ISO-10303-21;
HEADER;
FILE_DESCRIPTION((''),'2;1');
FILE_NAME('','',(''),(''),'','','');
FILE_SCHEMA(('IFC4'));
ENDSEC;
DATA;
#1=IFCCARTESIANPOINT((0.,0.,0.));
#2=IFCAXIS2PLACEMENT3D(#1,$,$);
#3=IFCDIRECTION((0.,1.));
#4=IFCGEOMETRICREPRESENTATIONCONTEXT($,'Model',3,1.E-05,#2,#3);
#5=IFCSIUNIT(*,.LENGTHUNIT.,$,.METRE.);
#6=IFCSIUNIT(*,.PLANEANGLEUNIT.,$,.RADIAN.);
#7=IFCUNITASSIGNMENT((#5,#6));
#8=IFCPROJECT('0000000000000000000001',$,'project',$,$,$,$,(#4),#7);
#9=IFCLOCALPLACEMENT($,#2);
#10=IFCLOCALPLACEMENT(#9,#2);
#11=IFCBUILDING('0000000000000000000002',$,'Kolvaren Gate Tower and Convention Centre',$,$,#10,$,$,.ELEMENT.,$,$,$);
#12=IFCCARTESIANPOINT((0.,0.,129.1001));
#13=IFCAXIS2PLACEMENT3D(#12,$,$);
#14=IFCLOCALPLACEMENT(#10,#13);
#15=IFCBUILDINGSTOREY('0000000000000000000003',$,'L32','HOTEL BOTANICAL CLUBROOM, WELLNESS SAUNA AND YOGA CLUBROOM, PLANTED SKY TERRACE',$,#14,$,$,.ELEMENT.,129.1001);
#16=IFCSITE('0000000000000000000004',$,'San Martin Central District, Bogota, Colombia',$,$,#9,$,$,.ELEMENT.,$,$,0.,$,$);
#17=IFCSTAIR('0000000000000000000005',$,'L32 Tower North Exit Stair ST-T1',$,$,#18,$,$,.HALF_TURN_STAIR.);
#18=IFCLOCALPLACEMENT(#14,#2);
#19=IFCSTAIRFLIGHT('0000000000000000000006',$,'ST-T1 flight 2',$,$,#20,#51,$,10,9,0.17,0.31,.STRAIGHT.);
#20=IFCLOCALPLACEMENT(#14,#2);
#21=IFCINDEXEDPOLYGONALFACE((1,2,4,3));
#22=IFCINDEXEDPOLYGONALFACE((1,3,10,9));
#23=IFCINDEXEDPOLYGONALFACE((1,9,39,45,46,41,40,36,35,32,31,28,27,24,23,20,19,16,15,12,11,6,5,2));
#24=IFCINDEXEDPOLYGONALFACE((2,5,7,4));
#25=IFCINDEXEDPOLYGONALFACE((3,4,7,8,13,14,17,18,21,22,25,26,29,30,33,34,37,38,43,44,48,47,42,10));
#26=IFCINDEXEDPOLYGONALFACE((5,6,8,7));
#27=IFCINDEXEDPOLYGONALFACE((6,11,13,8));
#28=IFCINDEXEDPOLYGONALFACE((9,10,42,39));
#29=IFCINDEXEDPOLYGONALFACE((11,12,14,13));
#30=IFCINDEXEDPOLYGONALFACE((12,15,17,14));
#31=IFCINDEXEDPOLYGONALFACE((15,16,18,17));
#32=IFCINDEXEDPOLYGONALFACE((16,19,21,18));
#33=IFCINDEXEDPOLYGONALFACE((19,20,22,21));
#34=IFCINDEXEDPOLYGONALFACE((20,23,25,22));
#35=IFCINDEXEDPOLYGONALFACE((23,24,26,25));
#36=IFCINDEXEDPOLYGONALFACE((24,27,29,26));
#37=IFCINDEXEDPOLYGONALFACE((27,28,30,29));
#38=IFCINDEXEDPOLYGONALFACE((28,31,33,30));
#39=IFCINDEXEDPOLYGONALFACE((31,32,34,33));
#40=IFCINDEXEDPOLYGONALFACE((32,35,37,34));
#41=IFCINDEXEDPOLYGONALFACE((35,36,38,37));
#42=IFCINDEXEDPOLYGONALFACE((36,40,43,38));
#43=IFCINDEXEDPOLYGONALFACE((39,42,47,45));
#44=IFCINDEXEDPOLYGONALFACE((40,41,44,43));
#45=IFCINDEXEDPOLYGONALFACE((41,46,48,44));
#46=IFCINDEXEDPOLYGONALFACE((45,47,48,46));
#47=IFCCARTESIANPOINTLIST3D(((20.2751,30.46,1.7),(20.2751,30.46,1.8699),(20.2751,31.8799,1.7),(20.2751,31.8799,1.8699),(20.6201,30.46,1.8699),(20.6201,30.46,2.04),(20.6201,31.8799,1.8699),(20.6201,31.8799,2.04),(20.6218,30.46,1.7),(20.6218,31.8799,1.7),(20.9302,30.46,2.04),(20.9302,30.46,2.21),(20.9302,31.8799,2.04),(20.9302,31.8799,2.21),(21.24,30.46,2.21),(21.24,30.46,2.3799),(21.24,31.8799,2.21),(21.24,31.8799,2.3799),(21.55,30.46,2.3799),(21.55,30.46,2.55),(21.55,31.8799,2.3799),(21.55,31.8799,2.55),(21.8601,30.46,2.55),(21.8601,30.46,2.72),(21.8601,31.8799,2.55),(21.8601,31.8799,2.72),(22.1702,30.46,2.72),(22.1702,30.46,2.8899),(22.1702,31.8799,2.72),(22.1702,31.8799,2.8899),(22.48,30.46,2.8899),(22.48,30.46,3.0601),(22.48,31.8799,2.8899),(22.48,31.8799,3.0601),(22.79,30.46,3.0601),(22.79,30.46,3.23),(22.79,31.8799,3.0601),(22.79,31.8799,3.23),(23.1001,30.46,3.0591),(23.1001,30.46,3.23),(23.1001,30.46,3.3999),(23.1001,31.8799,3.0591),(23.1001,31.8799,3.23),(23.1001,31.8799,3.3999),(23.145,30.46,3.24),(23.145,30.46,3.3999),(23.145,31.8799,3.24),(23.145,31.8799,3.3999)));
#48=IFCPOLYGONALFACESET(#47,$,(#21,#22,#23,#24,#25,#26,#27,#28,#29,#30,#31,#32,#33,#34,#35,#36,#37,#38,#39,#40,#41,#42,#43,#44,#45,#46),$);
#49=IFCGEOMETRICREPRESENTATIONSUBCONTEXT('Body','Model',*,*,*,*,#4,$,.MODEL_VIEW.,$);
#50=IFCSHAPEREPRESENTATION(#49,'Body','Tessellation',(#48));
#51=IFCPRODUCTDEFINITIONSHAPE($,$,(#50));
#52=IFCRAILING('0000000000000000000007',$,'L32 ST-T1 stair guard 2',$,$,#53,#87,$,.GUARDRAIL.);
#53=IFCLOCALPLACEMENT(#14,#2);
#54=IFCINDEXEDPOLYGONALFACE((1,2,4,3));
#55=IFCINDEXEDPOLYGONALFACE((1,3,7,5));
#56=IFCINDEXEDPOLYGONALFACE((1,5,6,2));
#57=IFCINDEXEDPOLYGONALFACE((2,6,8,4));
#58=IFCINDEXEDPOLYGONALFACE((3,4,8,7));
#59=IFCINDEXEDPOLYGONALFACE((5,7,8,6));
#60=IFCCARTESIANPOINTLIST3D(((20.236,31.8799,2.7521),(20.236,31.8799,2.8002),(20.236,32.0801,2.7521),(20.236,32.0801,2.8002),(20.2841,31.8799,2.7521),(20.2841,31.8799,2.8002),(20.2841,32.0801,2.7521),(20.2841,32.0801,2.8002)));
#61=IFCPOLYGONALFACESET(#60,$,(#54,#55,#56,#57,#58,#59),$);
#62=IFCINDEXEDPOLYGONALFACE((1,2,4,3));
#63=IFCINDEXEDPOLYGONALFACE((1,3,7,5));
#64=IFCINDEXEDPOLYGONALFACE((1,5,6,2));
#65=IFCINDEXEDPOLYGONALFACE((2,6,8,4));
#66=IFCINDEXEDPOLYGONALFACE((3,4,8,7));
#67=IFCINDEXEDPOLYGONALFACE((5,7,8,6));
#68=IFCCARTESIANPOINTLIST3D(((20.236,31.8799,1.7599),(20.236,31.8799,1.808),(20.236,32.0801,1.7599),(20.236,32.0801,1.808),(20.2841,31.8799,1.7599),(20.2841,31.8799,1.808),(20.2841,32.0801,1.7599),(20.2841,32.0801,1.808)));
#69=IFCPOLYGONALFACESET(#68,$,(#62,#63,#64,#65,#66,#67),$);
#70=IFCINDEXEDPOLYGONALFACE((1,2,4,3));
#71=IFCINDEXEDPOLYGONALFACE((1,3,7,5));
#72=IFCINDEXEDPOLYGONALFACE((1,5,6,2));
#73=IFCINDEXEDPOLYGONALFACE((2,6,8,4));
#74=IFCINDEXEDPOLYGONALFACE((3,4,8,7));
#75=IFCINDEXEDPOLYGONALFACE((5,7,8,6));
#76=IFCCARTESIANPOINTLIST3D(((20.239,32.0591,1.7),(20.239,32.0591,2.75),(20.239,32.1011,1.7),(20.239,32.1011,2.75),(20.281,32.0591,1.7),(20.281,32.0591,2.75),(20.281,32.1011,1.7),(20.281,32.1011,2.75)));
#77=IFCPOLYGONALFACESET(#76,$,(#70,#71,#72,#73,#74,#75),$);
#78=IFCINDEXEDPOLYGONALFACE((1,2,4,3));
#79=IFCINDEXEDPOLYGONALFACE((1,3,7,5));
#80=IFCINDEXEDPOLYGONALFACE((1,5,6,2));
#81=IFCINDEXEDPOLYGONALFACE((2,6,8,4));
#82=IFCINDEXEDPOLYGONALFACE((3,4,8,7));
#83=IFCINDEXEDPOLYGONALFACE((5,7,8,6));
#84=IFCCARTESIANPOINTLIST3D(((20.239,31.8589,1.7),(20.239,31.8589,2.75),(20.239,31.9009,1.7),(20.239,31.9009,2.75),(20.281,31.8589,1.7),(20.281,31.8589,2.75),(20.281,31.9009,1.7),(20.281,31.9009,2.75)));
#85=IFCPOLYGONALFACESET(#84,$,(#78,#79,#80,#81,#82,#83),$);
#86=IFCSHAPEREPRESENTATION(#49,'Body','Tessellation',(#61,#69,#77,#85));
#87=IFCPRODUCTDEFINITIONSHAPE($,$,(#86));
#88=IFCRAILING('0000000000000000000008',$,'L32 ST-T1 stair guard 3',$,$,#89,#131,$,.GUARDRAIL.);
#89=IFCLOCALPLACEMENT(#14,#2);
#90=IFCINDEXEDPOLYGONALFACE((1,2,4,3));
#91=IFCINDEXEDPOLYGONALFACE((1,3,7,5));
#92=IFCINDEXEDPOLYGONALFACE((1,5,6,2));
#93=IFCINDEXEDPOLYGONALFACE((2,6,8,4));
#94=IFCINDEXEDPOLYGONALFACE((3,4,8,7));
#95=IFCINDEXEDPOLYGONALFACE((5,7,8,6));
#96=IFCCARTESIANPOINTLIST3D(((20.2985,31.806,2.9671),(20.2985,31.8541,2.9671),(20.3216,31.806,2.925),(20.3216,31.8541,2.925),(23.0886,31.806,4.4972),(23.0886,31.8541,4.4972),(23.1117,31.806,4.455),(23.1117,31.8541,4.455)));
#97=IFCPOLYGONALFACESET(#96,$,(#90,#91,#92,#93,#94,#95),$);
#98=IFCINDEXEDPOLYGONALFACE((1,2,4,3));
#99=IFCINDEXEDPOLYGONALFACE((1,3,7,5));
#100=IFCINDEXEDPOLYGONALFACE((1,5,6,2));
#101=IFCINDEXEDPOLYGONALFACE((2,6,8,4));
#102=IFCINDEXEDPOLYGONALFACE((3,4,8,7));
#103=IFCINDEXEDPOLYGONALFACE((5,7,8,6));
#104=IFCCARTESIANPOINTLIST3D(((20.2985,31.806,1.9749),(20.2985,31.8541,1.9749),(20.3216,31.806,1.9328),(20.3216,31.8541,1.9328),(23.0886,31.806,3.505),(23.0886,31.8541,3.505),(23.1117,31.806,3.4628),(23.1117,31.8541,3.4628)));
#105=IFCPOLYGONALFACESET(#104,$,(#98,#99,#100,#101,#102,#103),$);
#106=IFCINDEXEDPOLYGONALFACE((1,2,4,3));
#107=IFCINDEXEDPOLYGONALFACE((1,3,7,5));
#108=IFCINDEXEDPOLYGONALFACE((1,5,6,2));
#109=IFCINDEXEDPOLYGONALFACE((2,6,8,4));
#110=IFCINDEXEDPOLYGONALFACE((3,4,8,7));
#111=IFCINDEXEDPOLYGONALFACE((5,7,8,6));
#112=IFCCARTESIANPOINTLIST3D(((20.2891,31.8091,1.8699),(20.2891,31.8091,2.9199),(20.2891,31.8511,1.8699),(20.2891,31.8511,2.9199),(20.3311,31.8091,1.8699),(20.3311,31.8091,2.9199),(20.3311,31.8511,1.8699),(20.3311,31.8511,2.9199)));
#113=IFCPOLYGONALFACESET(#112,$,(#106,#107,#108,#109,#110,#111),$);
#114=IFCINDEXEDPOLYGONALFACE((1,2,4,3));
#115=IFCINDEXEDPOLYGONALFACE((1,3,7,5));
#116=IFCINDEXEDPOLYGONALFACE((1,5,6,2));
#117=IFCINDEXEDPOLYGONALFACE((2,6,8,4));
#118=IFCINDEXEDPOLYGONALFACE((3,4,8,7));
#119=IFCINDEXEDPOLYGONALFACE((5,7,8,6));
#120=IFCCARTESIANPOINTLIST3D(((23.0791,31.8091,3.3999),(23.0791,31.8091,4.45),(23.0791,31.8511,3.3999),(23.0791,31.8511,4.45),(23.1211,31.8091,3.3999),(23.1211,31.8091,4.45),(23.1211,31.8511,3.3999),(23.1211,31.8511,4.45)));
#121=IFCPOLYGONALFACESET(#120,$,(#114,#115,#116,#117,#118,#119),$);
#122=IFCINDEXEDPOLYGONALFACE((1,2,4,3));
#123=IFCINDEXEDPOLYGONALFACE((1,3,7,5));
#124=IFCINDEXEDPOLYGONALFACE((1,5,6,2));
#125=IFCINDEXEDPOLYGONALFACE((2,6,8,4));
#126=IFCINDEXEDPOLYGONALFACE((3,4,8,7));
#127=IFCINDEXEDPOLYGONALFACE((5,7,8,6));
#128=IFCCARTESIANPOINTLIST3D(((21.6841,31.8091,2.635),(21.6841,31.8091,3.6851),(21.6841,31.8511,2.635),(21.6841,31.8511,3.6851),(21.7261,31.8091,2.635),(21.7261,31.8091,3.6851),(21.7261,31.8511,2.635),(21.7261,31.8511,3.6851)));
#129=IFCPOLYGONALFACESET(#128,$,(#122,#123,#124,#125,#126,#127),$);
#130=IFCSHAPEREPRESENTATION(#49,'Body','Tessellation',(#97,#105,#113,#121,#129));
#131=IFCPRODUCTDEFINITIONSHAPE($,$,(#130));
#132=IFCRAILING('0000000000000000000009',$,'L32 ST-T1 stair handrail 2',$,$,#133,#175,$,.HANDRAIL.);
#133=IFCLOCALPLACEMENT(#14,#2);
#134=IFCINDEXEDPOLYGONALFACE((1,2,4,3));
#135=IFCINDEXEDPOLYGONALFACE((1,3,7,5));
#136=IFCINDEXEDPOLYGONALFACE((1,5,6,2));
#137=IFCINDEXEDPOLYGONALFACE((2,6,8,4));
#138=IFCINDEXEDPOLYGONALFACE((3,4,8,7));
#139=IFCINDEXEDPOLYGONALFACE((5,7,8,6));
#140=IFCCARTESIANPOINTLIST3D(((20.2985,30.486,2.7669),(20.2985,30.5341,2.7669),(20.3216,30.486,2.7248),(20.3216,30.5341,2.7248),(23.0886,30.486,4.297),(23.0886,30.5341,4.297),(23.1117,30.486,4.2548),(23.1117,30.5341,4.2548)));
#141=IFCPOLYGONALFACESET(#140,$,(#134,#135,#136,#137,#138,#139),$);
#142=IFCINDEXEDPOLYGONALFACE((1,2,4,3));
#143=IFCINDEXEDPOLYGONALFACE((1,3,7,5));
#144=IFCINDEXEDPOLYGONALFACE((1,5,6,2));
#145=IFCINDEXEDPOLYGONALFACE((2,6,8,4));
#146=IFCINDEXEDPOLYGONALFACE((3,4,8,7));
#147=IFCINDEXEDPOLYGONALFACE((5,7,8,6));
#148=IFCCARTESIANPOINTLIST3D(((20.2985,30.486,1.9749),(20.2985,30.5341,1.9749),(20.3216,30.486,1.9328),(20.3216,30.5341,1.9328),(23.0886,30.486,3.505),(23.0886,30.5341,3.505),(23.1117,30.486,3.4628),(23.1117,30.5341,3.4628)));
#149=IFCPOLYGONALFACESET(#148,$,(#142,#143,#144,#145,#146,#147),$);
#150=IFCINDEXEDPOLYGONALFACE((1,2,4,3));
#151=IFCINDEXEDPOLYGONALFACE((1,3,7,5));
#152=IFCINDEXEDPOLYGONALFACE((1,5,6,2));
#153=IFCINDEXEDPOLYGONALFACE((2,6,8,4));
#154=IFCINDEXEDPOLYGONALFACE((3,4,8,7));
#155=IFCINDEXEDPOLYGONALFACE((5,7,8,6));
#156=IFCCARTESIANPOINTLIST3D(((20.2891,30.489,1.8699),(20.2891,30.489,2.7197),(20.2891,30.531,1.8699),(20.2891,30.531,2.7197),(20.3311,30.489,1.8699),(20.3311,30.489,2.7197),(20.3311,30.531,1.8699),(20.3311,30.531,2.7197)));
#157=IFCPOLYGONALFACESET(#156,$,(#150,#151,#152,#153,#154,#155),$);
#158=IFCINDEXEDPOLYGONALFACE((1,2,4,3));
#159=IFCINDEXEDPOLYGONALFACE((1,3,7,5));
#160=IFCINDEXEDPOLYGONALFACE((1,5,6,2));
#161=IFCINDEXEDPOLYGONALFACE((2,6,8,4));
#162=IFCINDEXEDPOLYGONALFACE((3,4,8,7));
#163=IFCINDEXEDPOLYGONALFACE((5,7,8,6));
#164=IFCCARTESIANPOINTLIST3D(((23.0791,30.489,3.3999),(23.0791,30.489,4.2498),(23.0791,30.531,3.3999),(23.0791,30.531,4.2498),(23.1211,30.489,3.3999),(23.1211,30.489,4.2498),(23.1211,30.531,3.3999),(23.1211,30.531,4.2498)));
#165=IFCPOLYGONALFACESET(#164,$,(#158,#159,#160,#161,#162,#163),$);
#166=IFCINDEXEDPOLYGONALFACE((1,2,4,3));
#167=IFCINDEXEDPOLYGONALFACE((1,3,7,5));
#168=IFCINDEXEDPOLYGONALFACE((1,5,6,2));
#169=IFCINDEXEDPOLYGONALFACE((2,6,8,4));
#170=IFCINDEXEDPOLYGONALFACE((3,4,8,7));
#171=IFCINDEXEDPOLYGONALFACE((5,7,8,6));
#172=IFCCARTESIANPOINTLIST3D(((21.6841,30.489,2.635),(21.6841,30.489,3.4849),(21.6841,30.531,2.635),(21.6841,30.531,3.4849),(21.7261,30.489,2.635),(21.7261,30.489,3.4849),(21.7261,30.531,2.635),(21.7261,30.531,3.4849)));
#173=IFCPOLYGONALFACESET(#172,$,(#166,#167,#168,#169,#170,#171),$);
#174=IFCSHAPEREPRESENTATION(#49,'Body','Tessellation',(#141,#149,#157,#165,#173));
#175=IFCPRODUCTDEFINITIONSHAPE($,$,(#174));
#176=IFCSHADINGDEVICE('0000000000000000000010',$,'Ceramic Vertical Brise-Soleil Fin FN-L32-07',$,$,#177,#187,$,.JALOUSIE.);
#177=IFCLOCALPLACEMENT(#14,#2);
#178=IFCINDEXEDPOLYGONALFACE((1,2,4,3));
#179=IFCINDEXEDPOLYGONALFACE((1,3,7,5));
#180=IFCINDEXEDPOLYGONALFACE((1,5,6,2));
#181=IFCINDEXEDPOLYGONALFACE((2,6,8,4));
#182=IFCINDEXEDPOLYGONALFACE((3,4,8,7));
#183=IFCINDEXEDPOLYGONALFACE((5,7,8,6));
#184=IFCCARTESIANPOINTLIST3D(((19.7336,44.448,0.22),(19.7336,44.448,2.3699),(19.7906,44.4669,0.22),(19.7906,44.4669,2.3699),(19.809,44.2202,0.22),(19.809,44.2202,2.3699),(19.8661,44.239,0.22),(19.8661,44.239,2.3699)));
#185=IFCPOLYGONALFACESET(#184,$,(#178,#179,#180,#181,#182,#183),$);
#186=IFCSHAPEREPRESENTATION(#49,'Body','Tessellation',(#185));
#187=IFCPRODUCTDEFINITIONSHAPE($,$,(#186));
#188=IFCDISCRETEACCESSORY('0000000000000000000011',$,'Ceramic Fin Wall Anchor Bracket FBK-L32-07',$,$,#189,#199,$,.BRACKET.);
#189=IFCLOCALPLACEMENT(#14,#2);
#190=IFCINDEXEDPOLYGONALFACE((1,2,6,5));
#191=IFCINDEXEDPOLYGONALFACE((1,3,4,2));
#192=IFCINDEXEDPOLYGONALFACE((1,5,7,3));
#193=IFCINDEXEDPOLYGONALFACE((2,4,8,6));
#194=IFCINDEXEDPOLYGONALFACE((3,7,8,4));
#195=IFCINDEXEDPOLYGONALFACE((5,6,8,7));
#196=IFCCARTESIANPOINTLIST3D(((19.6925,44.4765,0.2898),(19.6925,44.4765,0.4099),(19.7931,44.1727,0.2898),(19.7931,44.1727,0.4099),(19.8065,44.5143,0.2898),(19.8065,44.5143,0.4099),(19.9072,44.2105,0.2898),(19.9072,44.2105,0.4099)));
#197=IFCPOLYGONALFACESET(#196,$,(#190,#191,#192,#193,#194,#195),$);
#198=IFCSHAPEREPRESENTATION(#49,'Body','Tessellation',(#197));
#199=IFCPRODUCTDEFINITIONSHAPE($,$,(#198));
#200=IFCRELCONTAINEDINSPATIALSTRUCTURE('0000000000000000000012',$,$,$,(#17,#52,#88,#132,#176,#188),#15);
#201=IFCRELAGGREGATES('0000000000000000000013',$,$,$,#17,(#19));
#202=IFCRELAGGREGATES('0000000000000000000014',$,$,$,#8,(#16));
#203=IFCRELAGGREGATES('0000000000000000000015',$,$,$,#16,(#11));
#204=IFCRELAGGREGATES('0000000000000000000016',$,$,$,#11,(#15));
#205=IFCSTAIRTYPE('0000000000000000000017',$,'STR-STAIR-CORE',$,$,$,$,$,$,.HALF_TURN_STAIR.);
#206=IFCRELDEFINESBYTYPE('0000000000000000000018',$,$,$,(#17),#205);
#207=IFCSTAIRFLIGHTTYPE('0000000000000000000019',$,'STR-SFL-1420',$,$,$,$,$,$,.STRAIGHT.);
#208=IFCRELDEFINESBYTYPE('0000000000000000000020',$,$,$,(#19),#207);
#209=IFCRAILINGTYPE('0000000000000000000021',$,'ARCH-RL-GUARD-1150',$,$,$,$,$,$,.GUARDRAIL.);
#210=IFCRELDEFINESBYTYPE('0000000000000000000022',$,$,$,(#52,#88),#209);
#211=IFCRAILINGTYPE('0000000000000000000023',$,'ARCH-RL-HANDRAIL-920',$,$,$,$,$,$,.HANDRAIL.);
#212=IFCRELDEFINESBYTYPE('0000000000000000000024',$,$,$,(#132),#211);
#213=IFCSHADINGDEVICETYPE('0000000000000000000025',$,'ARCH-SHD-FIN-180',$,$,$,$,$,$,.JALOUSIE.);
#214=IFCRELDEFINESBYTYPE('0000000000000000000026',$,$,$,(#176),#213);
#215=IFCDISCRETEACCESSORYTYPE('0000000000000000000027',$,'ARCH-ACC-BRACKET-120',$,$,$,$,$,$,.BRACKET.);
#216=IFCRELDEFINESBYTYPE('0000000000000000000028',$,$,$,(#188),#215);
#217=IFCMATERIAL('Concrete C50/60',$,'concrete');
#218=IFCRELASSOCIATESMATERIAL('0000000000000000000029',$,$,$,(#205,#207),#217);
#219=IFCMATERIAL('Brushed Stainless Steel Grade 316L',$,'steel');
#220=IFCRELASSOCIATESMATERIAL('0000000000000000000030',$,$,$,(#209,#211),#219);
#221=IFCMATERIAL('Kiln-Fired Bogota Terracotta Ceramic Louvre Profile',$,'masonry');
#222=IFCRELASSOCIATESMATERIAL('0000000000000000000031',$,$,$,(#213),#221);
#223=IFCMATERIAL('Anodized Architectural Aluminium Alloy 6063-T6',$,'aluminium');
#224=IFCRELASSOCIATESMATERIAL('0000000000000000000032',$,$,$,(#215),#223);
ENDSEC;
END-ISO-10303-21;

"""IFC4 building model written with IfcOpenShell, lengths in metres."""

from ifc_helpers import new_model, si_unit, direction, frame, origin, origin_2d, place, context, subcontext, project, spatial, polyline, rectangle, outline, extrude, material, type_object, element, aggregate, save


model = new_model("IFC4")

# Units and contexts
model_context = context("Model", 3, precision=1e-05, world=origin(), true_north=direction((0.0, 1.0)))
body_context = subcontext(model_context, "Body", "Model", "MODEL_VIEW")
ifc_project = project(units=[si_unit("LENGTHUNIT", "METRE"), si_unit("PLANEANGLEUNIT", "RADIAN")], contexts=[model_context])

# Site, building, storey
site_placement = place(None, origin())
site = spatial("IfcSite", under=ifc_project, at=site_placement, Name="San Martin Central District, Bogota, Colombia", CompositionType="ELEMENT", RefElevation=0.0)
building_placement = place(site_placement, origin())
building = spatial("IfcBuilding", under=site, at=building_placement, Name="Kolvaren Gate Tower and Convention Centre", CompositionType="ELEMENT")
storey_placement = place(building_placement, frame((0.0, 0.0, 129.1001)))
storey = spatial("IfcBuildingStorey", under=building, at=storey_placement, Name="L32", Description="HOTEL BOTANICAL CLUBROOM, WELLNESS SAUNA AND YOGA CLUBROOM, PLANTED SKY TERRACE", CompositionType="ELEMENT", Elevation=129.1001)

# Shared definitions
ifc_material_1 = material(Name="Concrete C50/60", Category="concrete")

# Stair, stair flight
stair_type = type_object("IfcStairType", Name="STR-STAIR-CORE", PredefinedType="HALF_TURN_STAIR", material=ifc_material_1)
stair_placement = place(storey_placement, origin())
stair = element("IfcStair", 1, at=stair_placement, inside=storey, type_object=stair_type, Name="L32 Tower North Exit Stair ST-T1", PredefinedType="HALF_TURN_STAIR")
stair_flight_type = type_object("IfcStairFlightType", Name="STR-SFL-1420", PredefinedType="STRAIGHT", material=ifc_material_1)
stair_flight_placement = place(storey_placement, frame((20.3101, 31.1699, 1.7), z_axis=(0.0, 0.0, 1.0), x_axis=(1.0, 0.0, 0.0)))
stair_flight = element("IfcStairFlight", 2, at=stair_flight_placement, type_object=stair_flight_type, Name="ST-T1 flight 2", NumberOfRisers=10, NumberOfTreads=9, PredefinedType="STRAIGHT", RiserHeight=0.17, TreadLength=0.31, context=body_context, shape_type="SweptSolid", body=[
    extrude(outline(polyline([(-0.0349, 0.0), (-0.0349, 0.1699), (0.3101, 0.1699), (0.3101, 0.3401), (0.6201, 0.3401), (0.6201, 0.51), (0.9299, 0.51), (0.9299, 0.6799), (1.24, 0.6799), (1.24, 0.8501), (1.55, 0.8501), (1.55, 1.02), (1.8601, 1.02), (1.8601, 1.1899), (2.1699, 1.1899), (2.1699, 1.3601), (2.48, 1.3601), (2.48, 1.53), (2.79, 1.53), (2.79, 1.7), (2.835, 1.7), (2.835, 1.54), (2.79, 1.3591), (0.3118, 0.0), (-0.0349, 0.0)])), frame((0.0, 0.71, 0.0), z_axis=(0.0, -1.0, 0.0), x_axis=(1.0, 0.0, 0.0)), (0.0, 0.0, 1.0), 1.4199),
])
aggregate(stair, [stair_flight])

# Railings
ifc_material_2 = material(Name="Brushed Stainless Steel Grade 316L", Category="steel")
railing_type_1 = type_object("IfcRailingType", Name="ARCH-RL-GUARD-1150", PredefinedType="GUARDRAIL", material=ifc_material_2)
railing_1_placement = place(storey_placement, frame((20.26, 32.0801, 1.7)))
element("IfcRailing", 3, at=railing_1_placement, inside=storey, type_object=railing_type_1, Name="L32 ST-T1 stair guard 2", PredefinedType="GUARDRAIL", context=body_context, shape_type="SweptSolid", body=[
    extrude(rectangle(XDim=0.0481, YDim=0.0481, at=origin_2d()), frame((0.0, 0.0, 1.0762), z_axis=(0.0, -1.0, 0.0), x_axis=(1.0, 0.0, 0.0)), (0.0, 0.0, 1.0), 0.2002),
    extrude(rectangle(XDim=0.0481, YDim=0.0481, at=origin_2d()), frame((0.0, 0.0, 0.084), z_axis=(0.0, -1.0, 0.0), x_axis=(1.0, 0.0, 0.0)), (0.0, 0.0, 1.0), 0.2002),
    extrude(rectangle(XDim=0.042, YDim=0.042, at=origin_2d()), origin(), (0.0, 0.0, 1.0), 1.05),
    extrude(rectangle(XDim=0.042, YDim=0.042, at=origin_2d()), frame((0.0, -0.2002, 0.0)), (0.0, 0.0, 1.0), 1.05),
])
railing_2_placement = place(storey_placement, frame((20.3101, 31.8301, 1.8699)))
element("IfcRailing", 4, at=railing_2_placement, inside=storey, type_object=railing_type_1, Name="L32 ST-T1 stair guard 3", PredefinedType="GUARDRAIL", context=body_context, shape_type="SweptSolid", body=[
    extrude(rectangle(XDim=0.0481, YDim=0.0481, at=origin_2d()), frame((0.0, 0.0, 1.0762), z_axis=(0.876811, 0.0, 0.480835), x_axis=(0.0, 1.0, 0.0)), (0.0, 0.0, 1.0), 3.1821),
    extrude(rectangle(XDim=0.0481, YDim=0.0481, at=origin_2d()), frame((0.0, 0.0, 0.084), z_axis=(0.876811, 0.0, 0.480835), x_axis=(0.0, 1.0, 0.0)), (0.0, 0.0, 1.0), 3.1821),
    extrude(rectangle(XDim=0.042, YDim=0.042, at=origin_2d()), origin(), (0.0, 0.0, 1.0), 1.05),
    extrude(rectangle(XDim=0.042, YDim=0.042, at=origin_2d()), frame((2.79, 0.0, 1.53)), (0.0, 0.0, 1.0), 1.05),
    extrude(rectangle(XDim=0.042, YDim=0.042, at=origin_2d()), frame((1.395, 0.0, 0.7651)), (0.0, 0.0, 1.0), 1.05),
])
railing_type_2 = type_object("IfcRailingType", Name="ARCH-RL-HANDRAIL-920", PredefinedType="HANDRAIL", material=ifc_material_2)
railing_3_placement = place(storey_placement, frame((20.3101, 30.51, 1.8699)))
element("IfcRailing", 5, at=railing_3_placement, inside=storey, type_object=railing_type_2, Name="L32 ST-T1 stair handrail 2", PredefinedType="HANDRAIL", context=body_context, shape_type="SweptSolid", body=[
    extrude(rectangle(XDim=0.0481, YDim=0.0481, at=origin_2d()), frame((0.0, 0.0, 0.876), z_axis=(0.876811, 0.0, 0.480835), x_axis=(0.0, 1.0, 0.0)), (0.0, 0.0, 1.0), 3.1821),
    extrude(rectangle(XDim=0.0481, YDim=0.0481, at=origin_2d()), frame((0.0, 0.0, 0.084), z_axis=(0.876811, 0.0, 0.480835), x_axis=(0.0, 1.0, 0.0)), (0.0, 0.0, 1.0), 3.1821),
    extrude(rectangle(XDim=0.042, YDim=0.042, at=origin_2d()), origin(), (0.0, 0.0, 1.0), 0.8499),
    extrude(rectangle(XDim=0.042, YDim=0.042, at=origin_2d()), frame((2.79, 0.0, 1.53)), (0.0, 0.0, 1.0), 0.8499),
    extrude(rectangle(XDim=0.042, YDim=0.042, at=origin_2d()), frame((1.395, 0.0, 0.7651)), (0.0, 0.0, 1.0), 0.8499),
])

# Shading device
ifc_material_3 = material(Name="Kiln-Fired Bogota Terracotta Ceramic Louvre Profile", Category="masonry")
shading_device_type = type_object("IfcShadingDeviceType", Name="ARCH-SHD-FIN-180", PredefinedType="JALOUSIE", material=ifc_material_3)
shading_device_placement = place(storey_placement, frame((19.7998, 44.3435, 0.22), z_axis=(0.0, 0.0, 1.0), x_axis=(0.949238, 0.314557, 0.0)))
element("IfcShadingDevice", 6, at=shading_device_placement, inside=storey, type_object=shading_device_type, Name="Ceramic Vertical Brise-Soleil Fin FN-L32-07", PredefinedType="JALOUSIE", context=body_context, shape_type="SweptSolid", body=[
    extrude(rectangle(XDim=0.0601, YDim=0.24, at=origin_2d()), origin(), (0.0, 0.0, 1.0), 2.1499),
])

# Discrete accessory
ifc_material_4 = material(Name="Anodized Architectural Aluminium Alloy 6063-T6", Category="aluminium")
discrete_accessory_type = type_object("IfcDiscreteAccessoryType", Name="ARCH-ACC-BRACKET-120", PredefinedType="BRACKET", material=ifc_material_4)
discrete_accessory_placement = place(storey_placement, frame((19.7998, 44.3435, 0.2898), z_axis=(0.0, 0.0, 1.0), x_axis=(0.949238, 0.314557, 0.0)))
element("IfcDiscreteAccessory", 7, at=discrete_accessory_placement, inside=storey, type_object=discrete_accessory_type, Name="Ceramic Fin Wall Anchor Bracket FBK-L32-07", PredefinedType="BRACKET", context=body_context, shape_type="SweptSolid", body=[
    extrude(rectangle(XDim=0.1201, YDim=0.3201, at=origin_2d()), origin(), (0.0, 0.0, 1.0), 0.1201),
])

save(model, "model.ifc")
